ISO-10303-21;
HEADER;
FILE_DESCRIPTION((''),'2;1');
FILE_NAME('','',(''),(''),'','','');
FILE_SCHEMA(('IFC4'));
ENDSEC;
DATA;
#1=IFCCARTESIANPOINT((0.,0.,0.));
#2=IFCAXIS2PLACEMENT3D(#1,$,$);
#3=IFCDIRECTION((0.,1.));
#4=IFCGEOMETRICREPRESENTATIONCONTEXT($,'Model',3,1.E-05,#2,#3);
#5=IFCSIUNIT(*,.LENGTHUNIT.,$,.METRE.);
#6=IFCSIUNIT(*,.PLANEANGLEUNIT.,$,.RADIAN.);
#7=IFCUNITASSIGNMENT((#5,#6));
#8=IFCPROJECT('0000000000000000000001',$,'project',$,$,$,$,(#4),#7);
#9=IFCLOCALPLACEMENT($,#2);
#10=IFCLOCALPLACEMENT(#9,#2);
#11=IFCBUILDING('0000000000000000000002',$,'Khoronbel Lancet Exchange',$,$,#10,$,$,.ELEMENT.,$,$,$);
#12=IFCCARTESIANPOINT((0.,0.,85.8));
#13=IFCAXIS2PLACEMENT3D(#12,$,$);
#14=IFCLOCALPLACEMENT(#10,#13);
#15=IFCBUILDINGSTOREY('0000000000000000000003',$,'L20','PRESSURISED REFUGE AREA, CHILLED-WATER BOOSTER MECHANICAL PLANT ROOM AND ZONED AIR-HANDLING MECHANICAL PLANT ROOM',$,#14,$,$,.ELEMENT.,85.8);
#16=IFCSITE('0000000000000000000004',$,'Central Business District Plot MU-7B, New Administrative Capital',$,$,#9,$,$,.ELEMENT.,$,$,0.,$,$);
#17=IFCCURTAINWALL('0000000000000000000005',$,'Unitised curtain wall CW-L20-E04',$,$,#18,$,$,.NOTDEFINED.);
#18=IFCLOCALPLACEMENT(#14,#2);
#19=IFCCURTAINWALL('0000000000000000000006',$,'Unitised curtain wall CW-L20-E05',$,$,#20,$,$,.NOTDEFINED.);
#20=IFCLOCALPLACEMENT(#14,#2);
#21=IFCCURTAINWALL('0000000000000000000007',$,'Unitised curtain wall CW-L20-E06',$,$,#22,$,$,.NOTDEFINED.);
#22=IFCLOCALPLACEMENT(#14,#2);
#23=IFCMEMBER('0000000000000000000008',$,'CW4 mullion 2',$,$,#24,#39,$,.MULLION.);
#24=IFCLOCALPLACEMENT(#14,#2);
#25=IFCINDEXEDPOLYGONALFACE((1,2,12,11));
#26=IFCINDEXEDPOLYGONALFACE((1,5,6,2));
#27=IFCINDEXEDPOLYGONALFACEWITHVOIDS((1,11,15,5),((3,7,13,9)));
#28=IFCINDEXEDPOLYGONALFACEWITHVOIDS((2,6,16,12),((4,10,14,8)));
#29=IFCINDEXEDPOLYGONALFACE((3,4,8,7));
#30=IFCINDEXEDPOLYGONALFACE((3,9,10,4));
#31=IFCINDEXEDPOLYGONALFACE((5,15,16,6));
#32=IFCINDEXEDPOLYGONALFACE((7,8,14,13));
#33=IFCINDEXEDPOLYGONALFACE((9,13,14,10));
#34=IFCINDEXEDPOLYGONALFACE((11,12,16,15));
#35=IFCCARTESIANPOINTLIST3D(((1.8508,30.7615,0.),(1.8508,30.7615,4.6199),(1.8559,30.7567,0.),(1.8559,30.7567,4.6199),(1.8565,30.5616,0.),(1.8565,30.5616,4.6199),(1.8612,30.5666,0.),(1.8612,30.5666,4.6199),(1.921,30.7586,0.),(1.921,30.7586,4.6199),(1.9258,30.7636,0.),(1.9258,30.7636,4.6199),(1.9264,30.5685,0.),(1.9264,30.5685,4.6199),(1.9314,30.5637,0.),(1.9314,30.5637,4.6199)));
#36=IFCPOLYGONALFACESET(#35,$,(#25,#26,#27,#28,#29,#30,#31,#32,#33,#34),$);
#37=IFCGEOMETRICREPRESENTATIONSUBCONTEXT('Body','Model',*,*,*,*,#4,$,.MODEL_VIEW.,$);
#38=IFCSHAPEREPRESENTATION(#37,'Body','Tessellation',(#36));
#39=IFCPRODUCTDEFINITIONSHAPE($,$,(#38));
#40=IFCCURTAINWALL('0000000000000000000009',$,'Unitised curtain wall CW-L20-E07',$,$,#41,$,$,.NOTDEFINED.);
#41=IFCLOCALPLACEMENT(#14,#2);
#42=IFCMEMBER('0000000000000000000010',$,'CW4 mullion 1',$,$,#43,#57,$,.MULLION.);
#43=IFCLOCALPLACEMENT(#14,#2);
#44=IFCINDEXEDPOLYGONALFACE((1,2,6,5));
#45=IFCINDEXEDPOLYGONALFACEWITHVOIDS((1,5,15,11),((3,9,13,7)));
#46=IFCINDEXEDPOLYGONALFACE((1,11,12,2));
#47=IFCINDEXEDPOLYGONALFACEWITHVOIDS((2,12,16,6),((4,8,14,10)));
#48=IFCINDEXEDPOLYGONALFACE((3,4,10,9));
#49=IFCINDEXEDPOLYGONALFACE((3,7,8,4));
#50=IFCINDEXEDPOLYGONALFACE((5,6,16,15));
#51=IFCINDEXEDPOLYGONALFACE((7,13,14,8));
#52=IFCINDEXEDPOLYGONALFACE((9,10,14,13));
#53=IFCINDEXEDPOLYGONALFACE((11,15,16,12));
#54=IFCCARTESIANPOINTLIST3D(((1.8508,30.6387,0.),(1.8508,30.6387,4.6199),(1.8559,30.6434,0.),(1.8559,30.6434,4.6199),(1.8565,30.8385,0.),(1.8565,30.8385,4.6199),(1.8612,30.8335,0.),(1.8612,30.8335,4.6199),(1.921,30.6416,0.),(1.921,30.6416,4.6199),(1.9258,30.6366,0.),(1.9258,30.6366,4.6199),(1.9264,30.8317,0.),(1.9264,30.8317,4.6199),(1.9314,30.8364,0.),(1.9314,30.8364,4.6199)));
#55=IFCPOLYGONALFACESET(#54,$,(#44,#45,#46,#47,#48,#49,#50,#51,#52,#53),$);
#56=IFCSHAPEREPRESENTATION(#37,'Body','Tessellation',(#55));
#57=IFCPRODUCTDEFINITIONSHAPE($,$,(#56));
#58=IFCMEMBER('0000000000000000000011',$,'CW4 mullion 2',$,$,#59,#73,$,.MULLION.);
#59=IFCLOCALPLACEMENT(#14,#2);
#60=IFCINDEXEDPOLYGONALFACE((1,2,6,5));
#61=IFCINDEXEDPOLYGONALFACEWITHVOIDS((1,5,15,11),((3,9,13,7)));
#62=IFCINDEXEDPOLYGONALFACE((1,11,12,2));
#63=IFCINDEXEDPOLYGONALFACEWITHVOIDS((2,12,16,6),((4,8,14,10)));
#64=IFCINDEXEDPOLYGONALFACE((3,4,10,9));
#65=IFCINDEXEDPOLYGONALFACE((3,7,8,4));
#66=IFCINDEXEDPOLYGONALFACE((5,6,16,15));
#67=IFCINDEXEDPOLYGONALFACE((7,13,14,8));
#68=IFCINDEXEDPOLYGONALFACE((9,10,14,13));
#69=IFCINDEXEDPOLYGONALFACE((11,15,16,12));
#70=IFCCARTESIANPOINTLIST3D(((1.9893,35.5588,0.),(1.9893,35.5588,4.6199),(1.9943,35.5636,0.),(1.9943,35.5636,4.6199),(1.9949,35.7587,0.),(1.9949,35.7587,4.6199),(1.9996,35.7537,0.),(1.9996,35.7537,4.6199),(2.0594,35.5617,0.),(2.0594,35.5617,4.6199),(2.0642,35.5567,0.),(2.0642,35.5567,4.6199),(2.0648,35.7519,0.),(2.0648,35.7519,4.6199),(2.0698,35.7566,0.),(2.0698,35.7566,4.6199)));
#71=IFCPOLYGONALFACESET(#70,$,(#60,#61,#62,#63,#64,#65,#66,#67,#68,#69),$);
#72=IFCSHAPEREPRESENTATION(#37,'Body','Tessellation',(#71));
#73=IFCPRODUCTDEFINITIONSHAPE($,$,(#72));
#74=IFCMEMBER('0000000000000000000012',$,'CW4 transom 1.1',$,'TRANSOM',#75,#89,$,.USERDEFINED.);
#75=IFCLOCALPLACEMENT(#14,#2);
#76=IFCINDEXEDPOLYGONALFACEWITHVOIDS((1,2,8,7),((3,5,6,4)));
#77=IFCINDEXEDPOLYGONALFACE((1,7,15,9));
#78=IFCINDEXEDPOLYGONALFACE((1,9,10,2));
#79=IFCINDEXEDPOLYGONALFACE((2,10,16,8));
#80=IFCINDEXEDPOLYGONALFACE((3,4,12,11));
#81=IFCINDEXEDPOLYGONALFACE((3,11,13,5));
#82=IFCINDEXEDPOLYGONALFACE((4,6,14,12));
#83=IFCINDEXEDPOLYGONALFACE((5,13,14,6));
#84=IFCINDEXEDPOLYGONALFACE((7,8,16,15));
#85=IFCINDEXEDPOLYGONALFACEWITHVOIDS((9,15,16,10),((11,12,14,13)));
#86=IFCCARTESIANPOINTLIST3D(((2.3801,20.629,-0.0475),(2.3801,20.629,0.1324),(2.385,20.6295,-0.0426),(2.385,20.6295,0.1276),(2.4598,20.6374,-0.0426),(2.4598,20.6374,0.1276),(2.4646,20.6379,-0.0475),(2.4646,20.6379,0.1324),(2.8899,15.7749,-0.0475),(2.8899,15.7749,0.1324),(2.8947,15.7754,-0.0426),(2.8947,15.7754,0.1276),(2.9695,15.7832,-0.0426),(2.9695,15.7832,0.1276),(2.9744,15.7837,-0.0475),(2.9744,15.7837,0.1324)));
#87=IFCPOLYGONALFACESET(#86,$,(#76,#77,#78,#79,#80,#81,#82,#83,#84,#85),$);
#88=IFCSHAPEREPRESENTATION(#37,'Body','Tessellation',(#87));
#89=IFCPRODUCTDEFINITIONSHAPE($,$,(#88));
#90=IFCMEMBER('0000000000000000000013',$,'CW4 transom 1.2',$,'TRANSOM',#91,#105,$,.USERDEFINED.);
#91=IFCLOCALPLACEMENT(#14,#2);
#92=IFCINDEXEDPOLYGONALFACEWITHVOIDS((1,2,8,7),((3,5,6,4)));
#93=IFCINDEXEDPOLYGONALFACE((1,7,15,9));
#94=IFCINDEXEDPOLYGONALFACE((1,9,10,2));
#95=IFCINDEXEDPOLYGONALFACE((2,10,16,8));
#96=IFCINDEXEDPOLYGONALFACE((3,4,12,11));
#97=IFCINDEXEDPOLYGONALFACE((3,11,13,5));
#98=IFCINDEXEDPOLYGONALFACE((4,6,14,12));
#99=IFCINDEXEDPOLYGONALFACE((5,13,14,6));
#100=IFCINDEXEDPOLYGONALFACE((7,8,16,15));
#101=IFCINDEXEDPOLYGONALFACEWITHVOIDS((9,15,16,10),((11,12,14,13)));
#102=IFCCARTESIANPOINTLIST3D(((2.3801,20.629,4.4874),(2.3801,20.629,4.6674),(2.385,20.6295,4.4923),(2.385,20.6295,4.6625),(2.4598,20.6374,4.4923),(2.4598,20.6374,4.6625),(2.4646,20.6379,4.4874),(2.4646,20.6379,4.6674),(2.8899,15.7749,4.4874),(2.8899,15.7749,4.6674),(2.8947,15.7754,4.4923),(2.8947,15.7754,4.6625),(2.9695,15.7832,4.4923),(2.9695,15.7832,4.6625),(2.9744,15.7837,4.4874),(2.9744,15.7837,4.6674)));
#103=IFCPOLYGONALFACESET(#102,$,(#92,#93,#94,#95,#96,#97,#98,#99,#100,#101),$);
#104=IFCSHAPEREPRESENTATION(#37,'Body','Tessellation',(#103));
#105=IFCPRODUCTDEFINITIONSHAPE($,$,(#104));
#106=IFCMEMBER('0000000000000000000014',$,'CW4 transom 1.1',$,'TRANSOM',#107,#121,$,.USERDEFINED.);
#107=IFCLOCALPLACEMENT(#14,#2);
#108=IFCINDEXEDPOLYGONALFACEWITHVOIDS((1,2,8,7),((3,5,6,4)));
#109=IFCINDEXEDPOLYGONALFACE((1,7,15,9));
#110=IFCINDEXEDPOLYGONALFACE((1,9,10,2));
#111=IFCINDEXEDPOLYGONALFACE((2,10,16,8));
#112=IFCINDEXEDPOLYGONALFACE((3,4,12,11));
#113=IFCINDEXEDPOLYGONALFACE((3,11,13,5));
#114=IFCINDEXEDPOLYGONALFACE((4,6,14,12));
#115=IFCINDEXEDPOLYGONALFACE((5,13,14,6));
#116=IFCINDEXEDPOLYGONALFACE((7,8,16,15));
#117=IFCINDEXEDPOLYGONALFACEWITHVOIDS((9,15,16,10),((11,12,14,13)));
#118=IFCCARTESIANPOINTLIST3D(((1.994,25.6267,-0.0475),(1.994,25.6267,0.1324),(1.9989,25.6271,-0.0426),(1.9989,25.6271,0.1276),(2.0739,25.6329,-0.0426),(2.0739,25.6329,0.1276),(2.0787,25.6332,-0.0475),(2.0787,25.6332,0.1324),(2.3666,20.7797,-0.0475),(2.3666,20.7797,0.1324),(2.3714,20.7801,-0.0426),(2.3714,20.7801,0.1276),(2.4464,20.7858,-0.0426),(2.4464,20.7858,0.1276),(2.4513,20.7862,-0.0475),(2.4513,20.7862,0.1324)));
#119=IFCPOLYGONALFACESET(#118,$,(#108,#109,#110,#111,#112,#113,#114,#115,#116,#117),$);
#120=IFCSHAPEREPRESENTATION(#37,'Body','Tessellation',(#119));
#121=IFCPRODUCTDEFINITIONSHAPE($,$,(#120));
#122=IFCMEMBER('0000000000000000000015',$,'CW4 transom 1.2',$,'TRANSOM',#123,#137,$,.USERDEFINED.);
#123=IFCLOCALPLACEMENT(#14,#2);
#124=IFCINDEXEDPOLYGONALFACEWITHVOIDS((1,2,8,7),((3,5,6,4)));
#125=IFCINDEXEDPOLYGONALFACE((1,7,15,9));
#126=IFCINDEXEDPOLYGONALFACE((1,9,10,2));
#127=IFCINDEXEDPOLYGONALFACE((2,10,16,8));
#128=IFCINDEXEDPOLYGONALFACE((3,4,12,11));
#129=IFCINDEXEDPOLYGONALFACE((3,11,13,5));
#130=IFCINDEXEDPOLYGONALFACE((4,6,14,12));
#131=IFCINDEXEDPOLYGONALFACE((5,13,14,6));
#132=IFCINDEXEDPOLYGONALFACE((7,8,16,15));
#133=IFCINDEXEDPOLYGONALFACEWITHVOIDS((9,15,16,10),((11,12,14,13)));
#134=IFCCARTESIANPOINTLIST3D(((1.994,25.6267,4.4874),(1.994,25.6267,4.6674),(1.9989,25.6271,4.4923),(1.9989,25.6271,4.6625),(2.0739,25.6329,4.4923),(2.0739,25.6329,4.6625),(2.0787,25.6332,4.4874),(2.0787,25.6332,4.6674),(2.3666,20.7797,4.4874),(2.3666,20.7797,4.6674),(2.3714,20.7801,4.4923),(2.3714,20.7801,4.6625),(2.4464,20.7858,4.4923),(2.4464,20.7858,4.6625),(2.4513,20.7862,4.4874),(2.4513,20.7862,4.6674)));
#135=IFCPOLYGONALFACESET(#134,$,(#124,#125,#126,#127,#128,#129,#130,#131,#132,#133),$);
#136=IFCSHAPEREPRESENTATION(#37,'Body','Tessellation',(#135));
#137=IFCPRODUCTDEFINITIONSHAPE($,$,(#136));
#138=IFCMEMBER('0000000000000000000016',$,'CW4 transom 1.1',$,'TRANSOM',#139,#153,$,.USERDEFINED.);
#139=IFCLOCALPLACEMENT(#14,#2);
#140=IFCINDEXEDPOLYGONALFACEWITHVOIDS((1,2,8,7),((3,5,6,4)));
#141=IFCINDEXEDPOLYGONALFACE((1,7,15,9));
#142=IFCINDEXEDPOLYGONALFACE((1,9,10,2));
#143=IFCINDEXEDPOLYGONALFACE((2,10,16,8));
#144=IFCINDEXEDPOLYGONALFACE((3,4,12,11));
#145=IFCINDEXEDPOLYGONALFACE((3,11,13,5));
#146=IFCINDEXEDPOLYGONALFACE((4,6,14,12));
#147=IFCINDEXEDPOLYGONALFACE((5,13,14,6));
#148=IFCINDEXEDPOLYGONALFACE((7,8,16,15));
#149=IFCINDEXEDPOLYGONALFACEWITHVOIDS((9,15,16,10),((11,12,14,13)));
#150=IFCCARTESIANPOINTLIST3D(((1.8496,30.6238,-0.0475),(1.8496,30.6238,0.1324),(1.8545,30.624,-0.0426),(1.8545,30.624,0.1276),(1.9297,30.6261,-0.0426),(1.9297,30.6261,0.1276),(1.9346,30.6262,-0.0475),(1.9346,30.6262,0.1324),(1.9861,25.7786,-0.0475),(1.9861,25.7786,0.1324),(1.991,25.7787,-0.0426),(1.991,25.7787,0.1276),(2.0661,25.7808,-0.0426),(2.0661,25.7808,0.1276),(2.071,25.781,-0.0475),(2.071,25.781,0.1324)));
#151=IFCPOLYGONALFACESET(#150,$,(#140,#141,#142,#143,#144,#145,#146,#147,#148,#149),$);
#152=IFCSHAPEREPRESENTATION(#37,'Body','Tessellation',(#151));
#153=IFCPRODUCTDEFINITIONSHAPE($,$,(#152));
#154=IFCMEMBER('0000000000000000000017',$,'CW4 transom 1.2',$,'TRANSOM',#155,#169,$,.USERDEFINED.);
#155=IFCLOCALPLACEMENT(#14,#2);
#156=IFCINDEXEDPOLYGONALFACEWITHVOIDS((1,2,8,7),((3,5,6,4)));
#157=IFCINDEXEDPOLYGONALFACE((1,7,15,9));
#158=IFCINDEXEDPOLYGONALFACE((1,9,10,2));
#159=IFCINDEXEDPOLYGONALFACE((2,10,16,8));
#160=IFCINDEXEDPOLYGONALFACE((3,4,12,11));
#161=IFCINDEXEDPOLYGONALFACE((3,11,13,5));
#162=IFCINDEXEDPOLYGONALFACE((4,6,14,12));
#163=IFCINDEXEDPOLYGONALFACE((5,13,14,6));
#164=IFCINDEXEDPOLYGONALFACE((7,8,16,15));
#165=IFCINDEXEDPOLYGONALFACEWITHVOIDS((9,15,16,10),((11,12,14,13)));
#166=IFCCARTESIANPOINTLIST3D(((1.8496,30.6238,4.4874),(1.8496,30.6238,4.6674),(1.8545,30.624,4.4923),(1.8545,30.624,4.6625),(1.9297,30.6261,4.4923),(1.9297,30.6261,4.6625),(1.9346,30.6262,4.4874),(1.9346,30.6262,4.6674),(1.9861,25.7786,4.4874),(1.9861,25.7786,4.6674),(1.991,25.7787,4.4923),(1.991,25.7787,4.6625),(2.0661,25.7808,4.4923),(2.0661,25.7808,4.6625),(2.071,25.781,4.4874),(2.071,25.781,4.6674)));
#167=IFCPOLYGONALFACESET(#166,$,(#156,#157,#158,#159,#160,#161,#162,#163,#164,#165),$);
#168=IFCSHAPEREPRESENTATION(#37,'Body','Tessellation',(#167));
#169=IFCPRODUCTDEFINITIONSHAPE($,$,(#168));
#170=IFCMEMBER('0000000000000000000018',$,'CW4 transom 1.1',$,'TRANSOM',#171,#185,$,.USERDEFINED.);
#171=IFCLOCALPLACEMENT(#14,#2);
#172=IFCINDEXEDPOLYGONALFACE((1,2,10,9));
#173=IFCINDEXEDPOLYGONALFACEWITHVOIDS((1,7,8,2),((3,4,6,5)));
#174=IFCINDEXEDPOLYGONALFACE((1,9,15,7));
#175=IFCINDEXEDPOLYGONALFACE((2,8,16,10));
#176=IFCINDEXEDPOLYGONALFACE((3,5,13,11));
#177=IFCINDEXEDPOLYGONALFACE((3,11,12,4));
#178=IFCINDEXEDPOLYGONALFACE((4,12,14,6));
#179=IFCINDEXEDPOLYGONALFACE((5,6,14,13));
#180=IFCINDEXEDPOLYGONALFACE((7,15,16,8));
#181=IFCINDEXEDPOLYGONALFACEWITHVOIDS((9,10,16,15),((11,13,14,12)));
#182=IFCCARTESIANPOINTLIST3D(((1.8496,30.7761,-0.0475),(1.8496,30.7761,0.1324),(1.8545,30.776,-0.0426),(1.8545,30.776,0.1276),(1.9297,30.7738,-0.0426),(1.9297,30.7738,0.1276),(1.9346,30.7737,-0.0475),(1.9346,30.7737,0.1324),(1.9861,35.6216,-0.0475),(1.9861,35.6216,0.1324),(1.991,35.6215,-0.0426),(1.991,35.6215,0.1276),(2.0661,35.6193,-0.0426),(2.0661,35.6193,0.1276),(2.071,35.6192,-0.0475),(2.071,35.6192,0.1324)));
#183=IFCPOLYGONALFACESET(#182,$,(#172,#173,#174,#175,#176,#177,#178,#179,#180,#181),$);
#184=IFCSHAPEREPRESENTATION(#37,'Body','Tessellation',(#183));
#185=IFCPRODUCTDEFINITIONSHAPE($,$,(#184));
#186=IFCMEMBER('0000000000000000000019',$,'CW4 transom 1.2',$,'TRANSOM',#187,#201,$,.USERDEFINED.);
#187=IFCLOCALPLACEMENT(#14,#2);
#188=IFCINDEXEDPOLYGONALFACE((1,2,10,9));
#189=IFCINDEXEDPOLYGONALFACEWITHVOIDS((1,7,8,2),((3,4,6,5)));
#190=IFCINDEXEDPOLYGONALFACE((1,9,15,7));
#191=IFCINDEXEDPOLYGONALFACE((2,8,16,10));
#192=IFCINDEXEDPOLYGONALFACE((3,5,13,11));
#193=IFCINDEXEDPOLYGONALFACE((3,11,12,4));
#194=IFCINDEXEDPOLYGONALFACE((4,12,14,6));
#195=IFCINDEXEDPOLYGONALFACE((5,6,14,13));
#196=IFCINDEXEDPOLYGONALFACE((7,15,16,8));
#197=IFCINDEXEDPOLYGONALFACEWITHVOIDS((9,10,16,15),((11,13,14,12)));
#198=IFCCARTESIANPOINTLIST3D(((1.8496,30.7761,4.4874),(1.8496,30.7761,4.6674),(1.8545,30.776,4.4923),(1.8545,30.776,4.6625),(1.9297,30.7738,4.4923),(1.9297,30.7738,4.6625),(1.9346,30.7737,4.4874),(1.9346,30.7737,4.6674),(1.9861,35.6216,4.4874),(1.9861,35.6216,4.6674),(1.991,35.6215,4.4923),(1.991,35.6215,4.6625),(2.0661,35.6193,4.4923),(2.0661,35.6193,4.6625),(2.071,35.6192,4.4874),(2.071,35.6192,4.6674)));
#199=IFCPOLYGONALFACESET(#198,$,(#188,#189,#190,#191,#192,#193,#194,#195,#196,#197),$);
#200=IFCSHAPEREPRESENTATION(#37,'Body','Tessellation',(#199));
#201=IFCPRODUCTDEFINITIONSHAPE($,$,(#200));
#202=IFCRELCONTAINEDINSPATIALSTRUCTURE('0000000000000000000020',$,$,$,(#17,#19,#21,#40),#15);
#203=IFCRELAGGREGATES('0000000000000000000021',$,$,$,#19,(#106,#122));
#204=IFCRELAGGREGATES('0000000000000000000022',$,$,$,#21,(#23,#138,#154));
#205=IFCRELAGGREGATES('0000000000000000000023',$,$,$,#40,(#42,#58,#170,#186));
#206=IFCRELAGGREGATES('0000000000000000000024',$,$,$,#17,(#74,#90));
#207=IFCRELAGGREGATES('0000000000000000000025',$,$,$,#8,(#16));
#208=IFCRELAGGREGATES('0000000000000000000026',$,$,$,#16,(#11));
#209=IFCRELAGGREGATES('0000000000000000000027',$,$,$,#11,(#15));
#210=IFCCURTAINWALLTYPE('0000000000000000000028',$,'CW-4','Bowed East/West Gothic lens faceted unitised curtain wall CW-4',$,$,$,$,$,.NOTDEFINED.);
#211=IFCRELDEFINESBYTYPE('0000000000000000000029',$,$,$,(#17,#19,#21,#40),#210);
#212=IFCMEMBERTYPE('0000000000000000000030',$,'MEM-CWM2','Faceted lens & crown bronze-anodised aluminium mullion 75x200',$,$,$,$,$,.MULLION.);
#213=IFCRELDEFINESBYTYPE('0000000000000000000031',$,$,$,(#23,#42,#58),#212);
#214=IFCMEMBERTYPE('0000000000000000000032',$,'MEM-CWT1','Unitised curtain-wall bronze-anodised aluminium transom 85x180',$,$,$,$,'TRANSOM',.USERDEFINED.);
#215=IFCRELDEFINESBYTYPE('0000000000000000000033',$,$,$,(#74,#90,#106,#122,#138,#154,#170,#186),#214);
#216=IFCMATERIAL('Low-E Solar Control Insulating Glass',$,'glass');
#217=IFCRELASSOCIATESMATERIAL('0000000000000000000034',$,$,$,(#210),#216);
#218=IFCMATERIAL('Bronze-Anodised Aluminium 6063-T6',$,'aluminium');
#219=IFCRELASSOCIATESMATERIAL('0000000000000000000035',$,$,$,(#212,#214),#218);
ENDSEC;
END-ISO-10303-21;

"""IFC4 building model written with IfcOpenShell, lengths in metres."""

from ifc_helpers import new_model, si_unit, direction, frame, origin, origin_2d, place, context, subcontext, project, spatial, hollow_rectangle, extrude, material, material_profile, profile_set, type_object, element, aggregate, save


model = new_model("IFC4")

# Units and contexts
model_context = context("Model", 3, precision=1e-05, world=origin(), true_north=direction((0.0, 1.0)))
body_context = subcontext(model_context, "Body", "Model", "MODEL_VIEW")
ifc_project = project(units=[si_unit("LENGTHUNIT", "METRE"), si_unit("PLANEANGLEUNIT", "RADIAN")], contexts=[model_context])

# Site, building, storey
site_placement = place(None, origin())
site = spatial("IfcSite", under=ifc_project, at=site_placement, Name="Central Business District Plot MU-7B, New Administrative Capital", CompositionType="ELEMENT", RefElevation=0.0)
building_placement = place(site_placement, origin())
building = spatial("IfcBuilding", under=site, at=building_placement, Name="Khoronbel Lancet Exchange", CompositionType="ELEMENT")
storey_placement = place(building_placement, frame((0.0, 0.0, 85.8)))
storey = spatial("IfcBuildingStorey", under=building, at=storey_placement, Name="L20", Description="PRESSURISED REFUGE AREA, CHILLED-WATER BOOSTER MECHANICAL PLANT ROOM AND ZONED AIR-HANDLING MECHANICAL PLANT ROOM", CompositionType="ELEMENT", Elevation=85.8)

# Curtain walls, members
ifc_material_1 = material(Name="Low-E Solar Control Insulating Glass", Category="glass")
curtain_wall_type = type_object("IfcCurtainWallType", Name="CW-4", Description="Bowed East/West Gothic lens faceted unitised curtain wall CW-4", PredefinedType="NOTDEFINED", material=ifc_material_1)
curtain_wall_1_placement = place(storey_placement, origin())
curtain_wall_1 = element("IfcCurtainWall", 1, at=curtain_wall_1_placement, inside=storey, type_object=curtain_wall_type, Name="Unitised curtain wall CW-L20-E04", PredefinedType="NOTDEFINED")
ifc_material_2 = material(Name="Bronze-Anodised Aluminium 6063-T6", Category="aluminium")
ifc_material_profile_1 = material_profile(ifc_material_2, hollow_rectangle(XDim=0.075, YDim=0.2, WallThickness=0.0049, at=origin_2d()), Name="ALU MULLION 75x200")
ifc_profile_set_1 = profile_set([ifc_material_profile_1], Name="Bronze-Anodised Aluminium 6063-T6")
member_type_1 = type_object("IfcMemberType", Name="MEM-CWM2", Description="Faceted lens & crown bronze-anodised aluminium mullion 75x200", PredefinedType="MULLION", material=ifc_profile_set_1)
curtain_wall_2_placement = place(storey_placement, origin())
curtain_wall_2 = element("IfcCurtainWall", 2, at=curtain_wall_2_placement, inside=storey, type_object=curtain_wall_type, Name="Unitised curtain wall CW-L20-E05", PredefinedType="NOTDEFINED")
curtain_wall_3_placement = place(storey_placement, origin())
curtain_wall_3 = element("IfcCurtainWall", 3, at=curtain_wall_3_placement, inside=storey, type_object=curtain_wall_type, Name="Unitised curtain wall CW-L20-E06", PredefinedType="NOTDEFINED")
member_1_placement = place(storey_placement, frame((1.8911, 30.6626, 0.0), z_axis=(0.0, 0.0, 1.0), x_axis=(-0.999604, -0.028135, 0.0)))
member_1 = element("IfcMember", 4, at=member_1_placement, type_object=member_type_1, Name="CW4 mullion 2", PredefinedType="MULLION", context=body_context, shape_type="SweptSolid", body=[
    extrude(hollow_rectangle(XDim=0.075, YDim=0.2, WallThickness=0.0049, at=origin_2d()), origin(), (0.0, 0.0, 1.0), 4.6199),
])
curtain_wall_4_placement = place(storey_placement, origin())
curtain_wall_4 = element("IfcCurtainWall", 5, at=curtain_wall_4_placement, inside=storey, type_object=curtain_wall_type, Name="Unitised curtain wall CW-L20-E07", PredefinedType="NOTDEFINED")
member_2_placement = place(storey_placement, frame((1.8911, 30.7375, 0.0), z_axis=(0.0, 0.0, 1.0), x_axis=(-0.999604, 0.028135, 0.0)))
member_2 = element("IfcMember", 6, at=member_2_placement, type_object=member_type_1, Name="CW4 mullion 1", PredefinedType="MULLION", context=body_context, shape_type="SweptSolid", body=[
    extrude(hollow_rectangle(XDim=0.075, YDim=0.2, WallThickness=0.0049, at=origin_2d()), origin(), (0.0, 0.0, 1.0), 4.6199),
])
member_3_placement = place(storey_placement, frame((2.0295, 35.6577, 0.0), z_axis=(0.0, 0.0, 1.0), x_axis=(-0.999604, 0.028135, 0.0)))
member_3 = element("IfcMember", 7, at=member_3_placement, type_object=member_type_1, Name="CW4 mullion 2", PredefinedType="MULLION", context=body_context, shape_type="SweptSolid", body=[
    extrude(hollow_rectangle(XDim=0.075, YDim=0.2, WallThickness=0.0049, at=origin_2d()), origin(), (0.0, 0.0, 1.0), 4.6199),
])

# Members
ifc_material_profile_2 = material_profile(ifc_material_2, hollow_rectangle(XDim=0.085, YDim=0.1799, WallThickness=0.0049, at=origin_2d()), Name="ALU TRANSOM 85x180")
ifc_profile_set_2 = profile_set([ifc_material_profile_2], Name="Bronze-Anodised Aluminium 6063-T6")
member_type_2 = type_object("IfcMemberType", Name="MEM-CWT1", Description="Unitised curtain-wall bronze-anodised aluminium transom 85x180", ElementType="TRANSOM", PredefinedType="USERDEFINED", material=ifc_profile_set_2)
member_4_placement = place(storey_placement, frame((2.9321, 15.7793, 0.0425), z_axis=(-0.10444, 0.994531, 0.0), x_axis=(-0.994531, -0.10444, 0.0)))
member_4 = element("IfcMember", 8, at=member_4_placement, type_object=member_type_2, Name="CW4 transom 1.1", ObjectType="TRANSOM", PredefinedType="USERDEFINED", context=body_context, shape_type="SweptSolid", body=[
    extrude(hollow_rectangle(XDim=0.085, YDim=0.1799, WallThickness=0.0049, at=origin_2d()), origin(), (0.0, 0.0, 1.0), 4.8809),
])
member_5_placement = place(storey_placement, frame((2.9321, 15.7793, 4.5774), z_axis=(-0.10444, 0.994531, 0.0), x_axis=(-0.994531, -0.10444, 0.0)))
member_5 = element("IfcMember", 9, at=member_5_placement, type_object=member_type_2, Name="CW4 transom 1.2", ObjectType="TRANSOM", PredefinedType="USERDEFINED", context=body_context, shape_type="SweptSolid", body=[
    extrude(hollow_rectangle(XDim=0.085, YDim=0.1799, WallThickness=0.0049, at=origin_2d()), origin(), (0.0, 0.0, 1.0), 4.8809),
])
member_6_placement = place(storey_placement, frame((2.4089, 20.783, 0.0425), z_axis=(-0.076639, 0.997059, 0.0), x_axis=(-0.997059, -0.076639, 0.0)))
member_6 = element("IfcMember", 10, at=member_6_placement, type_object=member_type_2, Name="CW4 transom 1.1", ObjectType="TRANSOM", PredefinedType="USERDEFINED", context=body_context, shape_type="SweptSolid", body=[
    extrude(hollow_rectangle(XDim=0.085, YDim=0.1799, WallThickness=0.0049, at=origin_2d()), origin(), (0.0, 0.0, 1.0), 4.8613),
])
member_7_placement = place(storey_placement, frame((2.4089, 20.783, 4.5774), z_axis=(-0.076639, 0.997059, 0.0), x_axis=(-0.997059, -0.076639, 0.0)))
member_7 = element("IfcMember", 11, at=member_7_placement, type_object=member_type_2, Name="CW4 transom 1.2", ObjectType="TRANSOM", PredefinedType="USERDEFINED", context=body_context, shape_type="SweptSolid", body=[
    extrude(hollow_rectangle(XDim=0.085, YDim=0.1799, WallThickness=0.0049, at=origin_2d()), origin(), (0.0, 0.0, 1.0), 4.8613),
])
member_8_placement = place(storey_placement, frame((2.0286, 25.7798, 0.0425), z_axis=(-0.028156, 0.999604, 0.0), x_axis=(-0.999604, -0.028156, 0.0)))
member_8 = element("IfcMember", 12, at=member_8_placement, type_object=member_type_2, Name="CW4 transom 1.1", ObjectType="TRANSOM", PredefinedType="USERDEFINED", context=body_context, shape_type="SweptSolid", body=[
    extrude(hollow_rectangle(XDim=0.085, YDim=0.1799, WallThickness=0.0049, at=origin_2d()), origin(), (0.0, 0.0, 1.0), 4.8472),
])
member_9_placement = place(storey_placement, frame((2.0286, 25.7798, 4.5774), z_axis=(-0.028156, 0.999604, 0.0), x_axis=(-0.999604, -0.028156, 0.0)))
member_9 = element("IfcMember", 13, at=member_9_placement, type_object=member_type_2, Name="CW4 transom 1.2", ObjectType="TRANSOM", PredefinedType="USERDEFINED", context=body_context, shape_type="SweptSolid", body=[
    extrude(hollow_rectangle(XDim=0.085, YDim=0.1799, WallThickness=0.0049, at=origin_2d()), origin(), (0.0, 0.0, 1.0), 4.8472),
])
member_10_placement = place(storey_placement, frame((1.8921, 30.7749, 0.0425), z_axis=(0.028154, 0.999604, 0.0), x_axis=(-0.999604, 0.028154, 0.0)))
member_10 = element("IfcMember", 14, at=member_10_placement, type_object=member_type_2, Name="CW4 transom 1.1", ObjectType="TRANSOM", PredefinedType="USERDEFINED", context=body_context, shape_type="SweptSolid", body=[
    extrude(hollow_rectangle(XDim=0.085, YDim=0.1799, WallThickness=0.0049, at=origin_2d()), origin(), (0.0, 0.0, 1.0), 4.8474),
])
member_11_placement = place(storey_placement, frame((1.8921, 30.7749, 4.5774), z_axis=(0.028154, 0.999604, 0.0), x_axis=(-0.999604, 0.028154, 0.0)))
member_11 = element("IfcMember", 15, at=member_11_placement, type_object=member_type_2, Name="CW4 transom 1.2", ObjectType="TRANSOM", PredefinedType="USERDEFINED", context=body_context, shape_type="SweptSolid", body=[
    extrude(hollow_rectangle(XDim=0.085, YDim=0.1799, WallThickness=0.0049, at=origin_2d()), origin(), (0.0, 0.0, 1.0), 4.8474),
])

aggregate(curtain_wall_2, [member_6, member_7])
aggregate(curtain_wall_3, [member_1, member_8, member_9])
aggregate(curtain_wall_4, [member_2, member_3, member_10, member_11])
aggregate(curtain_wall_1, [member_4, member_5])

save(model, "model.ifc")
